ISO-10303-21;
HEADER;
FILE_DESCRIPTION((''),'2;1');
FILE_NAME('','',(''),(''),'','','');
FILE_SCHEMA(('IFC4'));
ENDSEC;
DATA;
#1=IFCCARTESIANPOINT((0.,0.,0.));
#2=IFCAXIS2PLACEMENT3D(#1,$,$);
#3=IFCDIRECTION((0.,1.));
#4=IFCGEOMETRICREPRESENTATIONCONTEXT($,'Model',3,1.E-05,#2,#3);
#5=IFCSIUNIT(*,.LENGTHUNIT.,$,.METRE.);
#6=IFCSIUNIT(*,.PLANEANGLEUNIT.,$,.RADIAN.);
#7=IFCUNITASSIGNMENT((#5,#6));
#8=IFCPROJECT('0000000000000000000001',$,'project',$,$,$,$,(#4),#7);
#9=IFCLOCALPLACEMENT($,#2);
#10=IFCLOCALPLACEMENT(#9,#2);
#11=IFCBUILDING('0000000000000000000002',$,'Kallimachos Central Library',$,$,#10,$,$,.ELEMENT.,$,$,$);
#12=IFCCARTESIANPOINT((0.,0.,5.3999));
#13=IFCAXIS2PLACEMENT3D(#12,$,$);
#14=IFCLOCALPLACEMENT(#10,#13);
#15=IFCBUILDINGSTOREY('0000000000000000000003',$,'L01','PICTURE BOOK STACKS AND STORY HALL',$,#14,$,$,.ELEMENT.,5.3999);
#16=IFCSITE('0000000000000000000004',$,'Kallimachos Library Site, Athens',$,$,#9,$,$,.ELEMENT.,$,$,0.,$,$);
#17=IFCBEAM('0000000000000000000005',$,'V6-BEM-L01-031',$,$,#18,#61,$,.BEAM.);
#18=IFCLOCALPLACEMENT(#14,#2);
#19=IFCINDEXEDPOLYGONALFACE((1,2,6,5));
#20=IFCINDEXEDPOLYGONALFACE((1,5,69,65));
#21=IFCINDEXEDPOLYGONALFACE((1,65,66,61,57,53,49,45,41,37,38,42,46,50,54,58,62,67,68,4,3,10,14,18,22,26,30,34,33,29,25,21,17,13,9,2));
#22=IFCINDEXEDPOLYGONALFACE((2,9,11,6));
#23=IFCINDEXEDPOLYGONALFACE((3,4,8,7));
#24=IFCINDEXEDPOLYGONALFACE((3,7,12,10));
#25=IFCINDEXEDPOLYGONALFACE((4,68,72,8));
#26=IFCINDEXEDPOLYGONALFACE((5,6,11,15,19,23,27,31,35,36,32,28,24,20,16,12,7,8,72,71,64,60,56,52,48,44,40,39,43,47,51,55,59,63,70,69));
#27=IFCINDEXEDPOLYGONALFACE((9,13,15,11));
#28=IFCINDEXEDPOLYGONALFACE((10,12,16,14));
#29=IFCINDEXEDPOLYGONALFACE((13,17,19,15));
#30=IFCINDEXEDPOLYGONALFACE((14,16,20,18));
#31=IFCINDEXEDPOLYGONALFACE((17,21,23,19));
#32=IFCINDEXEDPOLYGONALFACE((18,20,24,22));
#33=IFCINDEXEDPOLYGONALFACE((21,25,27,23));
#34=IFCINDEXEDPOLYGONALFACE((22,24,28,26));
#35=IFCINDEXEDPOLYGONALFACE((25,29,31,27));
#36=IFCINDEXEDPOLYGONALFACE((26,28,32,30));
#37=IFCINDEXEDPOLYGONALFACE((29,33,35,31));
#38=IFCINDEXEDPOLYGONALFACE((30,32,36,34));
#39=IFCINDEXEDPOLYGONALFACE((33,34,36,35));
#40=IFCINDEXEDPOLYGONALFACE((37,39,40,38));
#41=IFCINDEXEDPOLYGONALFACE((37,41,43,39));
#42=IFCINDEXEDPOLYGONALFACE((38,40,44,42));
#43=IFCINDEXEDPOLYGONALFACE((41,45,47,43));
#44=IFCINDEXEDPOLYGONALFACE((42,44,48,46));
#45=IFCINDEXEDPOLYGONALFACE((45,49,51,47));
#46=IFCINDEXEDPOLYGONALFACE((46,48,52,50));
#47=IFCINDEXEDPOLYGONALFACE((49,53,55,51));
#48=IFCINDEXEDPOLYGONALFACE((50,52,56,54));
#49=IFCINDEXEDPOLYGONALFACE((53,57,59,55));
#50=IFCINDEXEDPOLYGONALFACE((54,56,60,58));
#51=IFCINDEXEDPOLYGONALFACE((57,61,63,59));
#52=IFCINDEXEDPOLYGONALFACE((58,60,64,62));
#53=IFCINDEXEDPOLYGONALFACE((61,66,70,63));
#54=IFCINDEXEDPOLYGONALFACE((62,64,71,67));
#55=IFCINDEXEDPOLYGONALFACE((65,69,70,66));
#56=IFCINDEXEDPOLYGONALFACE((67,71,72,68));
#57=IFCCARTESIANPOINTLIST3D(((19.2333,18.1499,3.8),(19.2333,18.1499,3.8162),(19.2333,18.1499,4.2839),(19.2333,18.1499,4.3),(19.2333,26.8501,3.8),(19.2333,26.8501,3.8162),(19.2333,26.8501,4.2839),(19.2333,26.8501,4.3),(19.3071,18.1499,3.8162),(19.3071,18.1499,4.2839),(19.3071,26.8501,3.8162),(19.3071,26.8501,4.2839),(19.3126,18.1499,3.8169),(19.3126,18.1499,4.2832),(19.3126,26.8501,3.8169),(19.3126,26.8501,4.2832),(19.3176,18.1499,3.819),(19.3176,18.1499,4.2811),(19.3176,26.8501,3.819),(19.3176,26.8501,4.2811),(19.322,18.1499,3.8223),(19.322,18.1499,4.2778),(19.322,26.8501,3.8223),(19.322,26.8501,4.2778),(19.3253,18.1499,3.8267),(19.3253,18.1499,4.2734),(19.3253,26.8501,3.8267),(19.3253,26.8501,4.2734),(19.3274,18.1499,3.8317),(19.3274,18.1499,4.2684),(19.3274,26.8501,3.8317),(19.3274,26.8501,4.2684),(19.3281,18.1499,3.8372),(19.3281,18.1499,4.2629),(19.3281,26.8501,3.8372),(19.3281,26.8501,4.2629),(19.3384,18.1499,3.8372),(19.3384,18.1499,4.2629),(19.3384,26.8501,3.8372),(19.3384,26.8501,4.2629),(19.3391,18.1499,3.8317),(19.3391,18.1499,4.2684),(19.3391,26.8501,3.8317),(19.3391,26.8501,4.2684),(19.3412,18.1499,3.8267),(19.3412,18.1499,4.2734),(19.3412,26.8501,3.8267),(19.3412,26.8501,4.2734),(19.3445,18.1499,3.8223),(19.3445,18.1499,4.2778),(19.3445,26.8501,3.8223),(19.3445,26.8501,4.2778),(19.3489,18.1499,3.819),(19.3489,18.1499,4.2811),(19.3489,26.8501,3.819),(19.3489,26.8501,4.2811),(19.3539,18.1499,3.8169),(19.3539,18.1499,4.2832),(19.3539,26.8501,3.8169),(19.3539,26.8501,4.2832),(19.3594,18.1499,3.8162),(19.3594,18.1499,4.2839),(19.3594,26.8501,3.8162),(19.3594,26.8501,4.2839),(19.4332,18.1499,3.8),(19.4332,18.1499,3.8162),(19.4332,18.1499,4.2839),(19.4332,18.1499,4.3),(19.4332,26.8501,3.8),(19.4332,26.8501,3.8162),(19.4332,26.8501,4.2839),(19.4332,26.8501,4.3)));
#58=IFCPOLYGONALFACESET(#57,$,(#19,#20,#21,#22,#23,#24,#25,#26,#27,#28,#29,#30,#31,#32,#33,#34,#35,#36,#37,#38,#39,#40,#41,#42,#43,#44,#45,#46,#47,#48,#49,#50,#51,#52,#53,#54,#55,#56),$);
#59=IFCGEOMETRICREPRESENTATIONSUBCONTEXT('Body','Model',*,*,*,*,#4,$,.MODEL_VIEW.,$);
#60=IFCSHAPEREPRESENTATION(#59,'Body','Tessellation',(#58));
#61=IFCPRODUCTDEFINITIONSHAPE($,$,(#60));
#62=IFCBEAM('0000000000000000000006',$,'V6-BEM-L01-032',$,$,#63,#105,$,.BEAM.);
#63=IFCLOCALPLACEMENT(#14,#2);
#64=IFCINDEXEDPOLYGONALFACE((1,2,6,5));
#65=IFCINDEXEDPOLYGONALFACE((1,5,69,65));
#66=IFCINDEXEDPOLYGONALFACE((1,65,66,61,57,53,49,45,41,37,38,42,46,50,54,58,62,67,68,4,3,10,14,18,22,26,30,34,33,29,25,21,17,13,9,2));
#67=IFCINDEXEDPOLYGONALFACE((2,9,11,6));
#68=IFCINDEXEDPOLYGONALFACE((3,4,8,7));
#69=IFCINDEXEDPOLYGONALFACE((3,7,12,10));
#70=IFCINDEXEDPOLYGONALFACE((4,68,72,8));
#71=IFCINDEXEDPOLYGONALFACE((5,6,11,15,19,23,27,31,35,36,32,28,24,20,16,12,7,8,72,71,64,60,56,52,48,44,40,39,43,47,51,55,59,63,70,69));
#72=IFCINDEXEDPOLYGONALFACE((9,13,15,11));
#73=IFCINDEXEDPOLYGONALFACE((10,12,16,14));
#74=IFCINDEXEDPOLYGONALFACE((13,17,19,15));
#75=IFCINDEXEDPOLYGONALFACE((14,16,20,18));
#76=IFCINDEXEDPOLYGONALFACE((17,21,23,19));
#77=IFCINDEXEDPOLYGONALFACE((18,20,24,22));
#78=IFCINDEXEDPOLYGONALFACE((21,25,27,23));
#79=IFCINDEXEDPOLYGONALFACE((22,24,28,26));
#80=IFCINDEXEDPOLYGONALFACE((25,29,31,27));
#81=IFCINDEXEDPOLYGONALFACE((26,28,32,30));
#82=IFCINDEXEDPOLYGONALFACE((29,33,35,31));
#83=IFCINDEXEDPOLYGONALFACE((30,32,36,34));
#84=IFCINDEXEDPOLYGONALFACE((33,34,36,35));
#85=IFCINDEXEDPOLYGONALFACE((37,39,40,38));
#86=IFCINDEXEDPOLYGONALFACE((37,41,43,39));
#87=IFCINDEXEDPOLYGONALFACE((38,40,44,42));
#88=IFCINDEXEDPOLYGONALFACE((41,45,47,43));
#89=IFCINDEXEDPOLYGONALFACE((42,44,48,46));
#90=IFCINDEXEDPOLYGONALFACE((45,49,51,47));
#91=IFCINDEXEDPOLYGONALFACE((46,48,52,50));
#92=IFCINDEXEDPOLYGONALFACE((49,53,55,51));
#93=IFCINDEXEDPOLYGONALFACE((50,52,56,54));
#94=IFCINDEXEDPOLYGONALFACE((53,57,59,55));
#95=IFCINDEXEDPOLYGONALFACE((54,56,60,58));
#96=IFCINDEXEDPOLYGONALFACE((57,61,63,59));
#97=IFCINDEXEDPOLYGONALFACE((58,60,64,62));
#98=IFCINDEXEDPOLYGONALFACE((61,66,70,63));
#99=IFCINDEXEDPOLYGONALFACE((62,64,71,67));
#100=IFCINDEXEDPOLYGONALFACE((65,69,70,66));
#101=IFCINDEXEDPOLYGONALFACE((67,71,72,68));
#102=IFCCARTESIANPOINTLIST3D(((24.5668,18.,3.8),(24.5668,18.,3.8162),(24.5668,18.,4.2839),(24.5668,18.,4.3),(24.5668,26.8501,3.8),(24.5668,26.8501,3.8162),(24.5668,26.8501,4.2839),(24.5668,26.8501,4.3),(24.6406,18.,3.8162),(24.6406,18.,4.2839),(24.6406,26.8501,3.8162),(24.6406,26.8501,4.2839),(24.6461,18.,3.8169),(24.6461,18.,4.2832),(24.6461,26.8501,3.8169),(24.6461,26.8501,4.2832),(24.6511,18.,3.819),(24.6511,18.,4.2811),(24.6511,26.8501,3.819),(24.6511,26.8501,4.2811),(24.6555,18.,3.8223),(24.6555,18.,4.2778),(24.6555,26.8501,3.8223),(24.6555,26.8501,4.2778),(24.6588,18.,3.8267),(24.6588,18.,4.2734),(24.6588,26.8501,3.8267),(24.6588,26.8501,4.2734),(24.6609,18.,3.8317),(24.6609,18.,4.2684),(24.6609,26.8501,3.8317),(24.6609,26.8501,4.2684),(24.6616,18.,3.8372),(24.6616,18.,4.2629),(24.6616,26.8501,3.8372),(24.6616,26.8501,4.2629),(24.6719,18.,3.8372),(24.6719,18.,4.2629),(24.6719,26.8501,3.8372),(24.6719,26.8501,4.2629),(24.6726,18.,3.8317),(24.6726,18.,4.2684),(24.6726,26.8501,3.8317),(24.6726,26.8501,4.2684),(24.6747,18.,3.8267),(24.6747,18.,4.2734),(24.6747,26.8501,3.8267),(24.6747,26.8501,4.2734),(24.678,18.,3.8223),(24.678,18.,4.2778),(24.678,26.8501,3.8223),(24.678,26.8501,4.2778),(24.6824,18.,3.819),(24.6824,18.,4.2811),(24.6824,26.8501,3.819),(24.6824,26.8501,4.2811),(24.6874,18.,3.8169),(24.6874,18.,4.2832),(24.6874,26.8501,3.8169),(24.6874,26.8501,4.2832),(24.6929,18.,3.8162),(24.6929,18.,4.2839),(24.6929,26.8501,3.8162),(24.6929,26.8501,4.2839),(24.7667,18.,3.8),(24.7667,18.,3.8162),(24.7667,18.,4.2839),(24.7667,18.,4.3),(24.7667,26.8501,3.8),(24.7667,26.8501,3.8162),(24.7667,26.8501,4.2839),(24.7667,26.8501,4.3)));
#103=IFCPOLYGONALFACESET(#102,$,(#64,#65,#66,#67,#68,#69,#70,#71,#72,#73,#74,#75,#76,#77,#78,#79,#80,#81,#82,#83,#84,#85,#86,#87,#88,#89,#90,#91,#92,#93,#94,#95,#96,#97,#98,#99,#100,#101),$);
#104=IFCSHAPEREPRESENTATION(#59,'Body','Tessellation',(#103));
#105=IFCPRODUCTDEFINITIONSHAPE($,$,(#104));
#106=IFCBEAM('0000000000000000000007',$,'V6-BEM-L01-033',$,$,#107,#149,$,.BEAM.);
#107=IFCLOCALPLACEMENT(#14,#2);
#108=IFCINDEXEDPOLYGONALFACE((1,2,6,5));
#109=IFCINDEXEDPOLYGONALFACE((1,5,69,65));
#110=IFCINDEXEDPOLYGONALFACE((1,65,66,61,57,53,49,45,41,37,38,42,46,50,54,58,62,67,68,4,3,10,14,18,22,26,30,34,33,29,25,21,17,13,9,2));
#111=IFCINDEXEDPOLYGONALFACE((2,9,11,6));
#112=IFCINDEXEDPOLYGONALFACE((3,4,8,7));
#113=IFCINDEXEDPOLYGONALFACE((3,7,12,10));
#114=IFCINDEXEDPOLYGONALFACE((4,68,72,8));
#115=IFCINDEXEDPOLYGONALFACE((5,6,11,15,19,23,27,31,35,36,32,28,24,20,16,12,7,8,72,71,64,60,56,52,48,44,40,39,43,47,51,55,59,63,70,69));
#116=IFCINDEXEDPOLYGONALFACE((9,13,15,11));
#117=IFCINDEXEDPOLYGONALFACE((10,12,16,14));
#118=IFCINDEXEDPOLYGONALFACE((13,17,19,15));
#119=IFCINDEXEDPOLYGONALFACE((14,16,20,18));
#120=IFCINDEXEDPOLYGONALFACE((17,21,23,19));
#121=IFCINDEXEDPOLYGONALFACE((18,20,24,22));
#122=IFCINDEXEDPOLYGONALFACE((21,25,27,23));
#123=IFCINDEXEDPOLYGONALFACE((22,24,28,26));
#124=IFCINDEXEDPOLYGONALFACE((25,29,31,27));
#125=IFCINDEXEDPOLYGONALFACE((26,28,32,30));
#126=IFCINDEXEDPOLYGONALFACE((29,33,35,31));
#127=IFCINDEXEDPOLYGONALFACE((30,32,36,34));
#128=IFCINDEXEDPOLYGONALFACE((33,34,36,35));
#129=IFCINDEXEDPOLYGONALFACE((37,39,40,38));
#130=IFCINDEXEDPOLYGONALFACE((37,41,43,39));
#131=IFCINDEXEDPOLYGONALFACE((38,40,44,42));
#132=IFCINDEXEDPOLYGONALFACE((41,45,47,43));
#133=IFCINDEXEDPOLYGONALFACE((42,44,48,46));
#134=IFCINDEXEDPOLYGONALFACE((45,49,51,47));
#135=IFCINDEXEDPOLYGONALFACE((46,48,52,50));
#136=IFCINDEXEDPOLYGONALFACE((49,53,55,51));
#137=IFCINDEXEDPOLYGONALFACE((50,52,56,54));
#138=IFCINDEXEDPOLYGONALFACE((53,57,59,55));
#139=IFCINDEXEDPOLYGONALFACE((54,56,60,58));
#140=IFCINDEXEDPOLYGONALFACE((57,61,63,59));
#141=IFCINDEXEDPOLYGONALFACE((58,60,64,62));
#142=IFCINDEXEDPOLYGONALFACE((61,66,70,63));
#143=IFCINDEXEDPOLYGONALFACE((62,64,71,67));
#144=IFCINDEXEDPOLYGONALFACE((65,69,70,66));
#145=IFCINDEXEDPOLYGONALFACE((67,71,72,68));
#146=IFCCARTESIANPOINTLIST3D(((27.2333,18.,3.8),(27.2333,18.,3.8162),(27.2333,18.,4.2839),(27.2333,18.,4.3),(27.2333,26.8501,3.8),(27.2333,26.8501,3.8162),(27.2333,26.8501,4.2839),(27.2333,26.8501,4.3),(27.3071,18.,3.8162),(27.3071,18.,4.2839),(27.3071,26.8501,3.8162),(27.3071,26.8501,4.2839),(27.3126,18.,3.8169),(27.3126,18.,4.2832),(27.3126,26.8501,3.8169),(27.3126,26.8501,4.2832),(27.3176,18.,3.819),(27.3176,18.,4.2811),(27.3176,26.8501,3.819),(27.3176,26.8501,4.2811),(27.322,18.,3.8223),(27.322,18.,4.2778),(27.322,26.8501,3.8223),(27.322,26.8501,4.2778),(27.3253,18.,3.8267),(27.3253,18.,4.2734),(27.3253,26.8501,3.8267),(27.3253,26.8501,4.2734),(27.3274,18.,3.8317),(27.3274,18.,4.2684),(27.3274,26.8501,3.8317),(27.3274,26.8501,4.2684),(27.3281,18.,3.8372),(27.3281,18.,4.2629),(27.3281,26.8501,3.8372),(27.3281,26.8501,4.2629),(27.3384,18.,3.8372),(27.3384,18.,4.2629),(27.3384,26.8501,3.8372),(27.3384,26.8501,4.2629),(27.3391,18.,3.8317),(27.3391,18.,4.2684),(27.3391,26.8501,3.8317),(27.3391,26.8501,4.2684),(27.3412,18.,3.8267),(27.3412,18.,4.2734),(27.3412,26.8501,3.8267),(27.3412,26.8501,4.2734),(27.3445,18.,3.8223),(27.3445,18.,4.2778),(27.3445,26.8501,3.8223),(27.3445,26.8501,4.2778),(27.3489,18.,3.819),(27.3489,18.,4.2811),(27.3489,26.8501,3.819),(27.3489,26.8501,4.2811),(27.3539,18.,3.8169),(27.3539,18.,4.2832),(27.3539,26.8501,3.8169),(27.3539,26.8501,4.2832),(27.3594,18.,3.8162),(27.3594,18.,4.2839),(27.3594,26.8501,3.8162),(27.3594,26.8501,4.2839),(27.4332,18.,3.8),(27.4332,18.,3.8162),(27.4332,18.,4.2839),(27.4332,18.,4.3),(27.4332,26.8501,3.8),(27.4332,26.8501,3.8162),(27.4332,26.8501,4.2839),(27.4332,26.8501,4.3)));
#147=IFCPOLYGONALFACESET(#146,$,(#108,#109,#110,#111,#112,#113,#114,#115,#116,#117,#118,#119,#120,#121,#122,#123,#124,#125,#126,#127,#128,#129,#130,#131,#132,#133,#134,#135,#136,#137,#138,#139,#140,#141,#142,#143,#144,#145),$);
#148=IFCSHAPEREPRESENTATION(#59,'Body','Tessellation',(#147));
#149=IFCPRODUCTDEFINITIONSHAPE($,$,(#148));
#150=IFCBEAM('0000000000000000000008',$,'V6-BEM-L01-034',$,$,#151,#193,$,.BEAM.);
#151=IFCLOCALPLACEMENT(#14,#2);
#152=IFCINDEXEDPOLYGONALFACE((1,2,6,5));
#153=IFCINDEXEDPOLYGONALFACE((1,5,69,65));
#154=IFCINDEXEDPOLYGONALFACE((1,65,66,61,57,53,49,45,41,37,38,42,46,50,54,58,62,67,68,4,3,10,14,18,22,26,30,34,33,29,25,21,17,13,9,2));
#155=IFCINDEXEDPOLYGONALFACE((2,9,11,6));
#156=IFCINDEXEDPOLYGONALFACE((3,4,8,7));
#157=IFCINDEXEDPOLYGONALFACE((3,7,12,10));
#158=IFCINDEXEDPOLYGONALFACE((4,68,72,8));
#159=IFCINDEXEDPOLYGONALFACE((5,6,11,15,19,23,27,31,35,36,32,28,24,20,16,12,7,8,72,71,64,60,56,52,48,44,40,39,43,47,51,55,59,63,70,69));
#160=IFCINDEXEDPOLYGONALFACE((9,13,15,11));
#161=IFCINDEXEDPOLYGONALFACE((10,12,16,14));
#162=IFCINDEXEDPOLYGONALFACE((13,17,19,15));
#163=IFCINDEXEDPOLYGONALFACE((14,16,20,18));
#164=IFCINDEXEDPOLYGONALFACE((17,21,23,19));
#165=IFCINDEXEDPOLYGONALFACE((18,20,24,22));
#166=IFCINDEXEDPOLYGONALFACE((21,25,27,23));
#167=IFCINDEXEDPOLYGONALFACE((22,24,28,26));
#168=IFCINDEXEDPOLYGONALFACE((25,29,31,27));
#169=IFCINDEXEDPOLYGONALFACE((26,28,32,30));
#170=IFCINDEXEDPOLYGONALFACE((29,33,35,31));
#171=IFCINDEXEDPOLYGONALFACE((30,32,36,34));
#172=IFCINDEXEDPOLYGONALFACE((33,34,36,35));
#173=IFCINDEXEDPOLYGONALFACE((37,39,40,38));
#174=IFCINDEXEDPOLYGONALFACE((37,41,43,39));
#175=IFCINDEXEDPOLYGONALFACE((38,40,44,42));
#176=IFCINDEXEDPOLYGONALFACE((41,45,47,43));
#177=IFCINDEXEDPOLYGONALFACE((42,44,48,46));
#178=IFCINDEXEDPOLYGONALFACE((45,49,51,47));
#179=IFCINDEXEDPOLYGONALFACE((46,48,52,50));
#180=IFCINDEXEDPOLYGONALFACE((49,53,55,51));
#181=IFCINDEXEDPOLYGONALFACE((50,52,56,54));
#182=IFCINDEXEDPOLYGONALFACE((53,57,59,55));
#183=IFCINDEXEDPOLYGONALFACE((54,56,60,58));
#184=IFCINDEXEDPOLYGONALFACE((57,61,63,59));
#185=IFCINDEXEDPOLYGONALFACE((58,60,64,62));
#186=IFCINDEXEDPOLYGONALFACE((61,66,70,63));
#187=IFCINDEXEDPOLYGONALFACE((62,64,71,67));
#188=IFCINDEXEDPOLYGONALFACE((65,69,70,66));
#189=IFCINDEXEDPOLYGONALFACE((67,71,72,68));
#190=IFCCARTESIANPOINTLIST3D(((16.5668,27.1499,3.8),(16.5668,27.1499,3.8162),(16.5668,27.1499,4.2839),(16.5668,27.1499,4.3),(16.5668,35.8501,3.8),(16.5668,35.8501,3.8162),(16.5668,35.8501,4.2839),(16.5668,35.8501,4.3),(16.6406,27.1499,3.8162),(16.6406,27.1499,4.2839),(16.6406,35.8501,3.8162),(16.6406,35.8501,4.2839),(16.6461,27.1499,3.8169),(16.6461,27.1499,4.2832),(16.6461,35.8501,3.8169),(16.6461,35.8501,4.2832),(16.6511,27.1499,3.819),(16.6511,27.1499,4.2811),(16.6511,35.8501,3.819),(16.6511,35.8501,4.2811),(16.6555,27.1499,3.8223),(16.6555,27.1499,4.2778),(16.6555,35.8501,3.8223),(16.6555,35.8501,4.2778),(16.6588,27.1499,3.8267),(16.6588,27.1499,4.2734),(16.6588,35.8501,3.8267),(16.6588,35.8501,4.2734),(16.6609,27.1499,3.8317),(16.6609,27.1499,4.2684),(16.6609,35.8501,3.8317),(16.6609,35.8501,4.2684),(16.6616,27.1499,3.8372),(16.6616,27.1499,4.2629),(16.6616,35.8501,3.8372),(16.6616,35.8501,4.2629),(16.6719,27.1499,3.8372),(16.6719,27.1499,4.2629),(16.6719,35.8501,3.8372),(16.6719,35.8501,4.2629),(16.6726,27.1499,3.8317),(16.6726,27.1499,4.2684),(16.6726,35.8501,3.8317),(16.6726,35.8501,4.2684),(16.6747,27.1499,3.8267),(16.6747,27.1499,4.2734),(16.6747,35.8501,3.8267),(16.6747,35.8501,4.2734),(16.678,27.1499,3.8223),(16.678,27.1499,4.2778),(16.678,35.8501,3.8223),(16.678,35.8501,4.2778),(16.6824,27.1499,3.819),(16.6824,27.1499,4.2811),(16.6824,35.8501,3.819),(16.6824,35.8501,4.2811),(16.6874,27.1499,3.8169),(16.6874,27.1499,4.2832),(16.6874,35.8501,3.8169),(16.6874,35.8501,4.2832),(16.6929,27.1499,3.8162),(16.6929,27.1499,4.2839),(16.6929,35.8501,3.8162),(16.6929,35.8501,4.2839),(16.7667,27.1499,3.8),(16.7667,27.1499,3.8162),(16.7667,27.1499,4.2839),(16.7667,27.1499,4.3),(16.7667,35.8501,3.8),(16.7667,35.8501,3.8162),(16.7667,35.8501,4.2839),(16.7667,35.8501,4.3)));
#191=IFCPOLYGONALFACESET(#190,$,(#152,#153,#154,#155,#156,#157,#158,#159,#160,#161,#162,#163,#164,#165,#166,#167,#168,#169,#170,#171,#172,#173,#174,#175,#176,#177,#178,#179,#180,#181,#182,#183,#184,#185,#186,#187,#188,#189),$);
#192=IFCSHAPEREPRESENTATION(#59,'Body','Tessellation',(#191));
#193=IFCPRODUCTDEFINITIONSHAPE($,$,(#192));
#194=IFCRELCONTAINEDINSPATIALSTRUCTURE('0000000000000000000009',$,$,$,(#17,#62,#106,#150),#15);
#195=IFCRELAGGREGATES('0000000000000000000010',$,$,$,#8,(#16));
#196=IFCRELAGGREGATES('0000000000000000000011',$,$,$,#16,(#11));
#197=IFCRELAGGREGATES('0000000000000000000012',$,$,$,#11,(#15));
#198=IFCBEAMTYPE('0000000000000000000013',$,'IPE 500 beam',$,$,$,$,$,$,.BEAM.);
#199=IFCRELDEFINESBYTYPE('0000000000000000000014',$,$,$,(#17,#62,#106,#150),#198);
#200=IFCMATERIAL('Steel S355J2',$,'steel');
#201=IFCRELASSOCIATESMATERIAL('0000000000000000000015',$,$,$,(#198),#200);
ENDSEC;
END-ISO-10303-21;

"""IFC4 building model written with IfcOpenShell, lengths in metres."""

from ifc_helpers import new_model, si_unit, direction, frame, origin, origin_2d, place, context, subcontext, project, spatial, i_section, extrude, material, material_profile, profile_set, type_object, element, save


model = new_model("IFC4")

# Units and contexts
model_context = context("Model", 3, precision=1e-05, world=origin(), true_north=direction((0.0, 1.0)))
body_context = subcontext(model_context, "Body", "Model", "MODEL_VIEW")
ifc_project = project(units=[si_unit("LENGTHUNIT", "METRE"), si_unit("PLANEANGLEUNIT", "RADIAN")], contexts=[model_context])

# Site, building, storey
site_placement = place(None, origin())
site = spatial("IfcSite", under=ifc_project, at=site_placement, Name="Kallimachos Library Site, Athens", CompositionType="ELEMENT", RefElevation=0.0)
building_placement = place(site_placement, origin())
building = spatial("IfcBuilding", under=site, at=building_placement, Name="Kallimachos Central Library", CompositionType="ELEMENT")
storey_placement = place(building_placement, frame((0.0, 0.0, 5.3999)))
storey = spatial("IfcBuildingStorey", under=building, at=storey_placement, Name="L01", Description="PICTURE BOOK STACKS AND STORY HALL", CompositionType="ELEMENT", Elevation=5.3999)

# Beams
ifc_material_1 = material(Name="Steel S355J2", Category="steel")
ifc_material_profile_1 = material_profile(ifc_material_1, i_section(OverallWidth=0.2, OverallDepth=0.5, WebThickness=0.0103, FlangeThickness=0.0161, FilletRadius=0.021, at=origin_2d()), Name="IPE 500")
ifc_profile_set_1 = profile_set([ifc_material_profile_1], Name="Steel S355J2")
beam_type_1 = type_object("IfcBeamType", Name="IPE 500 beam", PredefinedType="BEAM", material=ifc_profile_set_1)
for number, where, z_axis, x_axis, name in (
    (1, (19.3333, 18.1499, 4.05), (0.0, 1.0, 0.0), (-1.0, 0.0, 0.0), "V6-BEM-L01-031"),
):
    element("IfcBeam", number, at=place(storey_placement, frame(where, z_axis=z_axis, x_axis=x_axis)), inside=storey, type_object=beam_type_1, Name=name, PredefinedType="BEAM", context=body_context, shape_type="SweptSolid", body=[
        extrude(i_section(OverallWidth=0.2, OverallDepth=0.5, WebThickness=0.0103, FlangeThickness=0.0161, FilletRadius=0.021, at=origin_2d()), origin(), (0.0, 0.0, 1.0), 8.7002),
    ])
for number, where, z_axis, x_axis, name in (
    (2, (24.6667, 18.0, 4.05), (0.0, 1.0, 0.0), (-1.0, 0.0, 0.0), "V6-BEM-L01-032"),
    (3, (27.3333, 18.0, 4.05), (0.0, 1.0, 0.0), (-1.0, 0.0, 0.0), "V6-BEM-L01-033"),
):
    element("IfcBeam", number, at=place(storey_placement, frame(where, z_axis=z_axis, x_axis=x_axis)), inside=storey, type_object=beam_type_1, Name=name, PredefinedType="BEAM", context=body_context, shape_type="SweptSolid", body=[
        extrude(i_section(OverallWidth=0.2, OverallDepth=0.5, WebThickness=0.0103, FlangeThickness=0.0161, FilletRadius=0.021, at=origin_2d()), origin(), (0.0, 0.0, 1.0), 8.8501),
    ])
beam_1_placement = place(storey_placement, frame((16.6667, 27.1499, 4.05), z_axis=(0.0, 1.0, 0.0), x_axis=(-1.0, 0.0, 0.0)))
element("IfcBeam", 4, at=beam_1_placement, inside=storey, type_object=beam_type_1, Name="V6-BEM-L01-034", PredefinedType="BEAM", context=body_context, shape_type="SweptSolid", body=[
    extrude(i_section(OverallWidth=0.2, OverallDepth=0.5, WebThickness=0.0103, FlangeThickness=0.0161, FilletRadius=0.021, at=origin_2d()), origin(), (0.0, 0.0, 1.0), 8.7002),
])

save(model, "model.ifc")
